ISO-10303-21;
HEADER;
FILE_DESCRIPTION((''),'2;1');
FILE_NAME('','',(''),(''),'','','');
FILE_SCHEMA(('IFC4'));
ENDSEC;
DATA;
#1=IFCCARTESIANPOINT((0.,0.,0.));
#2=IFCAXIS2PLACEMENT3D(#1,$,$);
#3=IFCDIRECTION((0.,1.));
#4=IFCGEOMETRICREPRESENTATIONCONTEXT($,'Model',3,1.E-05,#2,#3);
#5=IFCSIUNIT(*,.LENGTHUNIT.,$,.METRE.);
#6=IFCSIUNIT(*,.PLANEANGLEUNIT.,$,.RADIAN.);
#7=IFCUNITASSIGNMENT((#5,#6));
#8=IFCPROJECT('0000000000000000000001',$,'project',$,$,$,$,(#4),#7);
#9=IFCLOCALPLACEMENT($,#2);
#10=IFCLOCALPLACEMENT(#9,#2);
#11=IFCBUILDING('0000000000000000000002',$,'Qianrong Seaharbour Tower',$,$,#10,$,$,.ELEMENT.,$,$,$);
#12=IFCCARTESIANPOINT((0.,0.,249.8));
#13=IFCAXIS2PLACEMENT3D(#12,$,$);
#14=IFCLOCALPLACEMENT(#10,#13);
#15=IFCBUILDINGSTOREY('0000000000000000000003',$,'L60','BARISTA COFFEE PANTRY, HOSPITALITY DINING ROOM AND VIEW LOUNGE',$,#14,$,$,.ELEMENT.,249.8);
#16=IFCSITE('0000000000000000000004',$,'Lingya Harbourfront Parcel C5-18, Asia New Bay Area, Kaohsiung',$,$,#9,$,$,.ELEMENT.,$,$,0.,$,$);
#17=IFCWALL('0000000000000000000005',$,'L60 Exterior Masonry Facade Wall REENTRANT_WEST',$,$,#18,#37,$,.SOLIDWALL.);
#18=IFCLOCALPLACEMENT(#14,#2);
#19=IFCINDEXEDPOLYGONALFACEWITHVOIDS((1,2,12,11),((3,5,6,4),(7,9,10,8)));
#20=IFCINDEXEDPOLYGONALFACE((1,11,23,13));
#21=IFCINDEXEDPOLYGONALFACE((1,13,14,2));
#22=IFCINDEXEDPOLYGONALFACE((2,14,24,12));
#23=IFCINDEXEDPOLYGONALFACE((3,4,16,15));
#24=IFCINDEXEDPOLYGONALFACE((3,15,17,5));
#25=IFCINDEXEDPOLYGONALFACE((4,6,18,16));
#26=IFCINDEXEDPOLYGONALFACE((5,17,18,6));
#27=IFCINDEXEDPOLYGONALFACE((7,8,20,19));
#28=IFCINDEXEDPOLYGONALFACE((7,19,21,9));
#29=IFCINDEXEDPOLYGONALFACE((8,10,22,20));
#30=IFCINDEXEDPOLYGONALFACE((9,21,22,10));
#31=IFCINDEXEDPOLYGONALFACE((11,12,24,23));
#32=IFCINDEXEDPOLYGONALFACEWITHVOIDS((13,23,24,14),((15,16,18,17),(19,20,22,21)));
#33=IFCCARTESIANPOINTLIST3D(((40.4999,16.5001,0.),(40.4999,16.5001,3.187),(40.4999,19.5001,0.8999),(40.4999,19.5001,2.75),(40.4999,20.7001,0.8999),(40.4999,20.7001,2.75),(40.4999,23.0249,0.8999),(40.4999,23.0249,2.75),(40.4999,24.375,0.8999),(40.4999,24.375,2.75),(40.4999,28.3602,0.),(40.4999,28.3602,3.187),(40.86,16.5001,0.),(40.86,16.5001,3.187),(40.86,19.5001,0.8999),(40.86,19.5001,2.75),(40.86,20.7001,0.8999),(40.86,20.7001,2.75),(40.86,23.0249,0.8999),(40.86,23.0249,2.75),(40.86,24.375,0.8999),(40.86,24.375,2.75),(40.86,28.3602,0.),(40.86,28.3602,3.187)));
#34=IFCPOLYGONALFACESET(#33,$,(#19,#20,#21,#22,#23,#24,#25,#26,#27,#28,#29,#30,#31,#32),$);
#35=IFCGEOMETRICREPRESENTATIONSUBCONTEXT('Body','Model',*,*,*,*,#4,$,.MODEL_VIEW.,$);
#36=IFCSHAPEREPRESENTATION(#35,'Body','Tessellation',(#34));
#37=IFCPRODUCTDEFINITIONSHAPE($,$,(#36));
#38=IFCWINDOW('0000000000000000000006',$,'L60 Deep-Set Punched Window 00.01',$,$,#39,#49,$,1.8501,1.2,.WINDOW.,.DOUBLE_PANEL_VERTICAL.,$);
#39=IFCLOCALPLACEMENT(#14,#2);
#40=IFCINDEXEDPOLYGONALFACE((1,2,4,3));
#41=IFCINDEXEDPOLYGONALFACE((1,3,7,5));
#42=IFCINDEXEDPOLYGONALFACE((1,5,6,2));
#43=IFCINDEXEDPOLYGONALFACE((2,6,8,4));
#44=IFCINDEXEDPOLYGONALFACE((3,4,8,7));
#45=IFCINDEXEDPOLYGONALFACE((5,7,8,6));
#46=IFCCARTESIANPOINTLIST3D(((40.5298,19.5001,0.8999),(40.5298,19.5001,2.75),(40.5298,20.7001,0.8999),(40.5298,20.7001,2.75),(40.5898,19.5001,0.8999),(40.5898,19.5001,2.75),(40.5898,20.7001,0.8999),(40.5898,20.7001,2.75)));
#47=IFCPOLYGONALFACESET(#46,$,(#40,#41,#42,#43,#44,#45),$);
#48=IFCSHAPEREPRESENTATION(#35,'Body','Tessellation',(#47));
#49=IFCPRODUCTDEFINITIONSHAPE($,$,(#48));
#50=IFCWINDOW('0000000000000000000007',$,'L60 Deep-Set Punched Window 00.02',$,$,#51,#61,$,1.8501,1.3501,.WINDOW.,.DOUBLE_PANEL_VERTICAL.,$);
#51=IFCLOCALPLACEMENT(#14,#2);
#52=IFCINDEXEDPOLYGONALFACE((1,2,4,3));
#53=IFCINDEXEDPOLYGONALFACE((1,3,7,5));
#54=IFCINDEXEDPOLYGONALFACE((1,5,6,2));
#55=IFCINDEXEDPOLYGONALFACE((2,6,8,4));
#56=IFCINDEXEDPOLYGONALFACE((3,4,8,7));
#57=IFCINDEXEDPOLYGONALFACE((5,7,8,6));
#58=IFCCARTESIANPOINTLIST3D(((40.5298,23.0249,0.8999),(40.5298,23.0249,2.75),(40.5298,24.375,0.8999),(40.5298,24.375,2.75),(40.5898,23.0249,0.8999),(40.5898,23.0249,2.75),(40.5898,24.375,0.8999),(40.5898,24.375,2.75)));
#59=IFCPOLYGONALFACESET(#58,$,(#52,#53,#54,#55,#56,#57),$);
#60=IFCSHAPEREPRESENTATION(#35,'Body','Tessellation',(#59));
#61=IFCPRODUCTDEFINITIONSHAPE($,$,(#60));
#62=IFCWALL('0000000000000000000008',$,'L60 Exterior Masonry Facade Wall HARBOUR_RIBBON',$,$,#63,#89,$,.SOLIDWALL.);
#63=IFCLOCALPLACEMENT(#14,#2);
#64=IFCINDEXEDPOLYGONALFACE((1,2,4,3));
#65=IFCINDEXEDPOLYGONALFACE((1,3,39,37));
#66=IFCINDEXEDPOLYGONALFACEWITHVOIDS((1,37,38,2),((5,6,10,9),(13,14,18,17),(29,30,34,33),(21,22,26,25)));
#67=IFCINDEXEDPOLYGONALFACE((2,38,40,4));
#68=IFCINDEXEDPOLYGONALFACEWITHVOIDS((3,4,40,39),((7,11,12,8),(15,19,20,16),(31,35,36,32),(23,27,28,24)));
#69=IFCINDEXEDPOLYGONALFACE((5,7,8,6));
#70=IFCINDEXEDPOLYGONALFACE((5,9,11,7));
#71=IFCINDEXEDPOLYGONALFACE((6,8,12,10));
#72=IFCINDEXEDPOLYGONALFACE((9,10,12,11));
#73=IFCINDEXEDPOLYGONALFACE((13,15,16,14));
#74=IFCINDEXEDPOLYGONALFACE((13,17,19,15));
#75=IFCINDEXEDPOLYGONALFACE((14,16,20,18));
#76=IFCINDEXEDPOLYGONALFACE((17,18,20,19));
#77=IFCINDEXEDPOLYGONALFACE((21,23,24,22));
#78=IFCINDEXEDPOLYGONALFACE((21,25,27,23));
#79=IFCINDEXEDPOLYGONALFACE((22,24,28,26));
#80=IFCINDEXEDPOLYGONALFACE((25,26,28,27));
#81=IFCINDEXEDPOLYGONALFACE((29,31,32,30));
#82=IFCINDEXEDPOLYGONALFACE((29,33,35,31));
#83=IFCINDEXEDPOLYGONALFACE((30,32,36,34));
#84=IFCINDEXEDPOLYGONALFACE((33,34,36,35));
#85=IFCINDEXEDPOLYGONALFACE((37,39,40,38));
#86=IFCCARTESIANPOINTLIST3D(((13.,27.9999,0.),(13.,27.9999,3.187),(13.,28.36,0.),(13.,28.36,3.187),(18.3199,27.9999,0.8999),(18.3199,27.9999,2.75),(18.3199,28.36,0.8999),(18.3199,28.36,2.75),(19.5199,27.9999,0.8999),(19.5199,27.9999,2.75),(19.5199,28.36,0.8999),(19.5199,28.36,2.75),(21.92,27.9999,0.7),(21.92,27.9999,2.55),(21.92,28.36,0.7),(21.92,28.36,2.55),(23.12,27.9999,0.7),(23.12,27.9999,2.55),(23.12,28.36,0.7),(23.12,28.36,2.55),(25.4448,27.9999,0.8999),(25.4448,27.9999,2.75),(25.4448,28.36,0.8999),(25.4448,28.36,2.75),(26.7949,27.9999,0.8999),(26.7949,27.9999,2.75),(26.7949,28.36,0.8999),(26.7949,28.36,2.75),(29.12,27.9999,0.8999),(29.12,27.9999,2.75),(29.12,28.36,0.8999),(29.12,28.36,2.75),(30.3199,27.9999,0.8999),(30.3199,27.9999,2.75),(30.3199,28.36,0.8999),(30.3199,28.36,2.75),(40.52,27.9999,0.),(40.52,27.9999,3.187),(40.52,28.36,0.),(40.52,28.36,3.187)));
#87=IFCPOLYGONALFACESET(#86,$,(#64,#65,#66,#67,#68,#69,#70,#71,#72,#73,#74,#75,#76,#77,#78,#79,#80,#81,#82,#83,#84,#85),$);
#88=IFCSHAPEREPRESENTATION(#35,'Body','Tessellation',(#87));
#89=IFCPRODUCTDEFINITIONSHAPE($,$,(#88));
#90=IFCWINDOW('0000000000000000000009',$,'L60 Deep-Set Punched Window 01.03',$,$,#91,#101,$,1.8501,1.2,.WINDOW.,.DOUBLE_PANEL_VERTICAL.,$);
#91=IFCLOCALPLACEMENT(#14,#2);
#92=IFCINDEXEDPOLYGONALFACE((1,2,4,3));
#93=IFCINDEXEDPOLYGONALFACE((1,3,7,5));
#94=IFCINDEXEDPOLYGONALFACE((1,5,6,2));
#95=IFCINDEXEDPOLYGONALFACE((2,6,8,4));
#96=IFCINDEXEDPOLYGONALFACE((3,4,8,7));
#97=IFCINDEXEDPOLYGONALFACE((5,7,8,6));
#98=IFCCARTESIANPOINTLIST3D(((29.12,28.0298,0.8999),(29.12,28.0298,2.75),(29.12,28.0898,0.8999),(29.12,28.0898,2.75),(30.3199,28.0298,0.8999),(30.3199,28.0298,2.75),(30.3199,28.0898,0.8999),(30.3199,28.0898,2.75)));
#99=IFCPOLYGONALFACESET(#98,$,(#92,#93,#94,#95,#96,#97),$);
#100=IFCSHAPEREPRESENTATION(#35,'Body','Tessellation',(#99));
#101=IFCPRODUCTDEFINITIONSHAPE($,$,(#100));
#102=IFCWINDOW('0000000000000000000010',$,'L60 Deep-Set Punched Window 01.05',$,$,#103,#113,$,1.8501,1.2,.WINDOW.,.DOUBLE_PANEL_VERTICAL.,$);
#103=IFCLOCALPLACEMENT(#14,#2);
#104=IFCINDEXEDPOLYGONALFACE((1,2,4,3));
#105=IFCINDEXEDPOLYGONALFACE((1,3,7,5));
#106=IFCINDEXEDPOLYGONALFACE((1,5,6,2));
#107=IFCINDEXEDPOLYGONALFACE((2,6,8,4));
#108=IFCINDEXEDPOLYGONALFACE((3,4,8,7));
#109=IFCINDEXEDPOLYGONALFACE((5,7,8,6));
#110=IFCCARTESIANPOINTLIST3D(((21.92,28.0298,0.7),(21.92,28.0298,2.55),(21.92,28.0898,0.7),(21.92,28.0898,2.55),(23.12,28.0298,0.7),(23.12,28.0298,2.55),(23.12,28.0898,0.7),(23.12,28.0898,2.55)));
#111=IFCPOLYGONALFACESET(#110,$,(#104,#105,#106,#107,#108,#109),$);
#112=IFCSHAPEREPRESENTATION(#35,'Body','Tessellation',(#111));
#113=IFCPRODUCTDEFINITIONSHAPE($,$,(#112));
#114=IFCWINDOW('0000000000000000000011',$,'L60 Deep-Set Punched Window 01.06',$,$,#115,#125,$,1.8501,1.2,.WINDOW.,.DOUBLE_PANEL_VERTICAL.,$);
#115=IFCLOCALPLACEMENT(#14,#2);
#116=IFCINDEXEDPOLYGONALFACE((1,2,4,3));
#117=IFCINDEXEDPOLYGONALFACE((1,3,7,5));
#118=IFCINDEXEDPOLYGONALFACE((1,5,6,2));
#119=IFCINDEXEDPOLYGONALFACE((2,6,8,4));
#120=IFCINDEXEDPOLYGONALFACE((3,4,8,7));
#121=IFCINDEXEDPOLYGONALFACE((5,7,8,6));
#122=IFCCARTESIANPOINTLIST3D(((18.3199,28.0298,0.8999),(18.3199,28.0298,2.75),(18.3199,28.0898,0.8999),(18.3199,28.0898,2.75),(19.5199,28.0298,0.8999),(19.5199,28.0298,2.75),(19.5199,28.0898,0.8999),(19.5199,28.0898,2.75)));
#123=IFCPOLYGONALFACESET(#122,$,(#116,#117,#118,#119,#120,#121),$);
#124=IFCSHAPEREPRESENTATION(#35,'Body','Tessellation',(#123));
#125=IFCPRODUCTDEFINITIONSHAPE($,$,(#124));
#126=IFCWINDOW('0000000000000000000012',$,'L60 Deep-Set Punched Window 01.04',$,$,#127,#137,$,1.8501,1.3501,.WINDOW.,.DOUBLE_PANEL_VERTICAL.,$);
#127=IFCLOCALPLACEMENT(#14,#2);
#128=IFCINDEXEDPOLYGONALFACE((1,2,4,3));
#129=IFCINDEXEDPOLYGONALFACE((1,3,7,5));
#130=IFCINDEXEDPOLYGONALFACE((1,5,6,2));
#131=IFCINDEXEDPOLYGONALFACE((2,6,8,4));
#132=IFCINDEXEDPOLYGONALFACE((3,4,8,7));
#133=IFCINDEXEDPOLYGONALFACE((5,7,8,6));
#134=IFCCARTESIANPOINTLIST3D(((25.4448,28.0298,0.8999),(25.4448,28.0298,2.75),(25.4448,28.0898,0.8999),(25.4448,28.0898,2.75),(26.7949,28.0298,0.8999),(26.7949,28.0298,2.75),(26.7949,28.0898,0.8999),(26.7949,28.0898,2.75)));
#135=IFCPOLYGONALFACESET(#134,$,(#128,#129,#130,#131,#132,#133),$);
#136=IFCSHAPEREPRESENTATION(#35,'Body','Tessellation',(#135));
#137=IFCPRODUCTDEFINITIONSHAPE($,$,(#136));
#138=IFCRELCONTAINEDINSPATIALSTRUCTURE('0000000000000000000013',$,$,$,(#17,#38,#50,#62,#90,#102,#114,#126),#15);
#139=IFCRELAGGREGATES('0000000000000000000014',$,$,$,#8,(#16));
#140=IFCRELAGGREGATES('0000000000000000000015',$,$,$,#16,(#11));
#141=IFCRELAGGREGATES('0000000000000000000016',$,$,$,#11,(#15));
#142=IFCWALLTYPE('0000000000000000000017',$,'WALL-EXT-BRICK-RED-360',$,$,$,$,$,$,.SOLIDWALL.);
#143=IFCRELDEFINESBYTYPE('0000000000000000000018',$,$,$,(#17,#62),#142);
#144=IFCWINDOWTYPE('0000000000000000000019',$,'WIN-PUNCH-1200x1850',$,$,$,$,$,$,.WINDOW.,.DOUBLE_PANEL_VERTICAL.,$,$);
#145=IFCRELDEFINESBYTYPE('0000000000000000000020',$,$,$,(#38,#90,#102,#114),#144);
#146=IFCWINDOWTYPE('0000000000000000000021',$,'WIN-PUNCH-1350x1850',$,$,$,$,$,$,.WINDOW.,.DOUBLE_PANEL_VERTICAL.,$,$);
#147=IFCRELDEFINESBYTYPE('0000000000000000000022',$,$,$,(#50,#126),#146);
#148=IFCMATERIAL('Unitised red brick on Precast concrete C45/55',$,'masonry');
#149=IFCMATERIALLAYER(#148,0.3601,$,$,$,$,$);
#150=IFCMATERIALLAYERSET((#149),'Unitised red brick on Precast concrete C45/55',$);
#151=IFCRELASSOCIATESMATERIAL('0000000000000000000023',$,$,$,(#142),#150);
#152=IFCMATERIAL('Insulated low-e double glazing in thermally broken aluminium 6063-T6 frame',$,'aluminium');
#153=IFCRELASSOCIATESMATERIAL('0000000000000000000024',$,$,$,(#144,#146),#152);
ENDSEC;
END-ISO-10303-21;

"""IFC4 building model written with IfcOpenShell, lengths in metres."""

from ifc_helpers import new_model, si_unit, direction, frame, frame_2d, origin, place, context, subcontext, project, spatial, rectangle, extrude, material, layer, layer_set, type_object, element, fill, save


model = new_model("IFC4")

# Units and contexts
model_context = context("Model", 3, precision=1e-05, world=origin(), true_north=direction((0.0, 1.0)))
body_context = subcontext(model_context, "Body", "Model", "MODEL_VIEW")
ifc_project = project(units=[si_unit("LENGTHUNIT", "METRE"), si_unit("PLANEANGLEUNIT", "RADIAN")], contexts=[model_context])

# Site, building, storey
site_placement = place(None, origin())
site = spatial("IfcSite", under=ifc_project, at=site_placement, Name="Lingya Harbourfront Parcel C5-18, Asia New Bay Area, Kaohsiung", CompositionType="ELEMENT", RefElevation=0.0)
building_placement = place(site_placement, origin())
building = spatial("IfcBuilding", under=site, at=building_placement, Name="Qianrong Seaharbour Tower", CompositionType="ELEMENT")
storey_placement = place(building_placement, frame((0.0, 0.0, 249.8)))
storey = spatial("IfcBuildingStorey", under=building, at=storey_placement, Name="L60", Description="BARISTA COFFEE PANTRY, HOSPITALITY DINING ROOM AND VIEW LOUNGE", CompositionType="ELEMENT", Elevation=249.8)

# Walls, openings, windows
ifc_material_1 = material(Name="Unitised red brick on Precast concrete C45/55", Category="masonry")
ifc_layer_1 = layer(ifc_material_1, 0.3601)
ifc_layer_set_1 = layer_set([ifc_layer_1], Name="Unitised red brick on Precast concrete C45/55")
wall_type_1 = type_object("IfcWallType", Name="WALL-EXT-BRICK-RED-360", PredefinedType="SOLIDWALL", material=ifc_layer_set_1)
wall_1_placement = place(storey_placement, frame((40.6799, 16.5, 0.0), z_axis=(0.0, 0.0, 1.0), x_axis=(0.0, 1.0, 0.0)))
wall_1 = element("IfcWall", 1, at=wall_1_placement, inside=storey, type_object=wall_type_1, Name="L60 Exterior Masonry Facade Wall REENTRANT_WEST", PredefinedType="SOLIDWALL", context=body_context, shape_type="SweptSolid", body=[
    extrude(rectangle(XDim=11.8601, YDim=0.3601, at=frame_2d((5.9302, 0.0))), origin(), (0.0, 0.0, 1.0), 3.187),
])
opening_1_placement = place(wall_1_placement, frame((3.0, 0.0, 0.8999)))
opening_1 = element("IfcOpeningElement", 2, at=opening_1_placement, cuts=wall_1, PredefinedType="OPENING", context=body_context, shape_type="SweptSolid", body=[
    extrude(rectangle(XDim=1.2, YDim=1.8501, at=frame_2d((0.6001, 0.925))), frame((0.0, 0.1899, 0.0), z_axis=(0.0, -1.0, 0.0), x_axis=(1.0, 0.0, 0.0)), (0.0, 0.0, 1.0), 0.3801),
])
opening_2_placement = place(wall_1_placement, frame((6.5249, 0.0, 0.8999)))
opening_2 = element("IfcOpeningElement", 3, at=opening_2_placement, cuts=wall_1, PredefinedType="OPENING", context=body_context, shape_type="SweptSolid", body=[
    extrude(rectangle(XDim=1.3501, YDim=1.8501, at=frame_2d((0.675, 0.925))), frame((0.0, 0.1899, 0.0), z_axis=(0.0, -1.0, 0.0), x_axis=(1.0, 0.0, 0.0)), (0.0, 0.0, 1.0), 0.3801),
])
ifc_material_2 = material(Name="Insulated low-e double glazing in thermally broken aluminium 6063-T6 frame", Category="aluminium")
window_type_1 = type_object("IfcWindowType", Name="WIN-PUNCH-1200x1850", PartitioningType="DOUBLE_PANEL_VERTICAL", PredefinedType="WINDOW", material=ifc_material_2)
window_1_placement = place(opening_1_placement, origin())
window_1 = element("IfcWindow", 4, at=window_1_placement, inside=storey, type_object=window_type_1, Name="L60 Deep-Set Punched Window 00.01", OverallHeight=1.8501, OverallWidth=1.2, PartitioningType="DOUBLE_PANEL_VERTICAL", PredefinedType="WINDOW", context=body_context, shape_type="SweptSolid", body=[
    extrude(rectangle(XDim=1.2, YDim=1.8501, at=frame_2d((0.6001, 0.925))), frame((0.0, 0.1501, 0.0), z_axis=(0.0, -1.0, 0.0), x_axis=(1.0, 0.0, 0.0)), (0.0, 0.0, 1.0), 0.0601),
])
fill(opening_1, window_1)
window_type_2 = type_object("IfcWindowType", Name="WIN-PUNCH-1350x1850", PartitioningType="DOUBLE_PANEL_VERTICAL", PredefinedType="WINDOW", material=ifc_material_2)
window_2_placement = place(opening_2_placement, origin())
window_2 = element("IfcWindow", 5, at=window_2_placement, inside=storey, type_object=window_type_2, Name="L60 Deep-Set Punched Window 00.02", OverallHeight=1.8501, OverallWidth=1.3501, PartitioningType="DOUBLE_PANEL_VERTICAL", PredefinedType="WINDOW", context=body_context, shape_type="SweptSolid", body=[
    extrude(rectangle(XDim=1.3501, YDim=1.8501, at=frame_2d((0.675, 0.925))), frame((0.0, 0.1501, 0.0), z_axis=(0.0, -1.0, 0.0), x_axis=(1.0, 0.0, 0.0)), (0.0, 0.0, 1.0), 0.0601),
])
fill(opening_2, window_2)
wall_2_placement = place(storey_placement, frame((40.52, 28.1799, 0.0), z_axis=(0.0, 0.0, 1.0), x_axis=(-1.0, 0.0, 0.0)))
wall_2 = element("IfcWall", 6, at=wall_2_placement, inside=storey, type_object=wall_type_1, Name="L60 Exterior Masonry Facade Wall HARBOUR_RIBBON", PredefinedType="SOLIDWALL", context=body_context, shape_type="SweptSolid", body=[
    extrude(rectangle(XDim=27.52, YDim=0.3601, at=frame_2d((13.76, 0.0))), origin(), (0.0, 0.0, 1.0), 3.187),
])
opening_3_placement = place(wall_2_placement, frame((10.2, 0.0, 0.8999)))
opening_3 = element("IfcOpeningElement", 7, at=opening_3_placement, cuts=wall_2, PredefinedType="OPENING", context=body_context, shape_type="SweptSolid", body=[
    extrude(rectangle(XDim=1.2, YDim=1.8501, at=frame_2d((0.6001, 0.925))), frame((0.0, 0.1899, 0.0), z_axis=(0.0, -1.0, 0.0), x_axis=(1.0, 0.0, 0.0)), (0.0, 0.0, 1.0), 0.3801),
])
opening_4_placement = place(wall_2_placement, frame((13.7251, 0.0, 0.8999)))
opening_4 = element("IfcOpeningElement", 8, at=opening_4_placement, cuts=wall_2, PredefinedType="OPENING", context=body_context, shape_type="SweptSolid", body=[
    extrude(rectangle(XDim=1.3501, YDim=1.8501, at=frame_2d((0.675, 0.925))), frame((0.0, 0.1899, 0.0), z_axis=(0.0, -1.0, 0.0), x_axis=(1.0, 0.0, 0.0)), (0.0, 0.0, 1.0), 0.3801),
])
opening_5_placement = place(wall_2_placement, frame((17.3999, 0.0, 0.7)))
opening_5 = element("IfcOpeningElement", 9, at=opening_5_placement, cuts=wall_2, PredefinedType="OPENING", context=body_context, shape_type="SweptSolid", body=[
    extrude(rectangle(XDim=1.2, YDim=1.8501, at=frame_2d((0.6001, 0.925))), frame((0.0, 0.1899, 0.0), z_axis=(0.0, -1.0, 0.0), x_axis=(1.0, 0.0, 0.0)), (0.0, 0.0, 1.0), 0.3801),
])
opening_6_placement = place(wall_2_placement, frame((21.0, 0.0, 0.8999)))
opening_6 = element("IfcOpeningElement", 10, at=opening_6_placement, cuts=wall_2, PredefinedType="OPENING", context=body_context, shape_type="SweptSolid", body=[
    extrude(rectangle(XDim=1.2, YDim=1.8501, at=frame_2d((0.6001, 0.925))), frame((0.0, 0.1899, 0.0), z_axis=(0.0, -1.0, 0.0), x_axis=(1.0, 0.0, 0.0)), (0.0, 0.0, 1.0), 0.3801),
])
window_3_placement = place(opening_3_placement, origin())
window_3 = element("IfcWindow", 11, at=window_3_placement, inside=storey, type_object=window_type_1, Name="L60 Deep-Set Punched Window 01.03", OverallHeight=1.8501, OverallWidth=1.2, PartitioningType="DOUBLE_PANEL_VERTICAL", PredefinedType="WINDOW", context=body_context, shape_type="SweptSolid", body=[
    extrude(rectangle(XDim=1.2, YDim=1.8501, at=frame_2d((0.6001, 0.925))), frame((0.0, 0.1501, 0.0), z_axis=(0.0, -1.0, 0.0), x_axis=(1.0, 0.0, 0.0)), (0.0, 0.0, 1.0), 0.0601),
])
fill(opening_3, window_3)
window_4_placement = place(opening_5_placement, origin())
window_4 = element("IfcWindow", 12, at=window_4_placement, inside=storey, type_object=window_type_1, Name="L60 Deep-Set Punched Window 01.05", OverallHeight=1.8501, OverallWidth=1.2, PartitioningType="DOUBLE_PANEL_VERTICAL", PredefinedType="WINDOW", context=body_context, shape_type="SweptSolid", body=[
    extrude(rectangle(XDim=1.2, YDim=1.8501, at=frame_2d((0.6001, 0.925))), frame((0.0, 0.1501, 0.0), z_axis=(0.0, -1.0, 0.0), x_axis=(1.0, 0.0, 0.0)), (0.0, 0.0, 1.0), 0.0601),
])
fill(opening_5, window_4)
window_5_placement = place(opening_6_placement, origin())
window_5 = element("IfcWindow", 13, at=window_5_placement, inside=storey, type_object=window_type_1, Name="L60 Deep-Set Punched Window 01.06", OverallHeight=1.8501, OverallWidth=1.2, PartitioningType="DOUBLE_PANEL_VERTICAL", PredefinedType="WINDOW", context=body_context, shape_type="SweptSolid", body=[
    extrude(rectangle(XDim=1.2, YDim=1.8501, at=frame_2d((0.6001, 0.925))), frame((0.0, 0.1501, 0.0), z_axis=(0.0, -1.0, 0.0), x_axis=(1.0, 0.0, 0.0)), (0.0, 0.0, 1.0), 0.0601),
])
fill(opening_6, window_5)
window_6_placement = place(opening_4_placement, origin())
window_6 = element("IfcWindow", 14, at=window_6_placement, inside=storey, type_object=window_type_2, Name="L60 Deep-Set Punched Window 01.04", OverallHeight=1.8501, OverallWidth=1.3501, PartitioningType="DOUBLE_PANEL_VERTICAL", PredefinedType="WINDOW", context=body_context, shape_type="SweptSolid", body=[
    extrude(rectangle(XDim=1.3501, YDim=1.8501, at=frame_2d((0.675, 0.925))), frame((0.0, 0.1501, 0.0), z_axis=(0.0, -1.0, 0.0), x_axis=(1.0, 0.0, 0.0)), (0.0, 0.0, 1.0), 0.0601),
])
fill(opening_4, window_6)

save(model, "model.ifc")
